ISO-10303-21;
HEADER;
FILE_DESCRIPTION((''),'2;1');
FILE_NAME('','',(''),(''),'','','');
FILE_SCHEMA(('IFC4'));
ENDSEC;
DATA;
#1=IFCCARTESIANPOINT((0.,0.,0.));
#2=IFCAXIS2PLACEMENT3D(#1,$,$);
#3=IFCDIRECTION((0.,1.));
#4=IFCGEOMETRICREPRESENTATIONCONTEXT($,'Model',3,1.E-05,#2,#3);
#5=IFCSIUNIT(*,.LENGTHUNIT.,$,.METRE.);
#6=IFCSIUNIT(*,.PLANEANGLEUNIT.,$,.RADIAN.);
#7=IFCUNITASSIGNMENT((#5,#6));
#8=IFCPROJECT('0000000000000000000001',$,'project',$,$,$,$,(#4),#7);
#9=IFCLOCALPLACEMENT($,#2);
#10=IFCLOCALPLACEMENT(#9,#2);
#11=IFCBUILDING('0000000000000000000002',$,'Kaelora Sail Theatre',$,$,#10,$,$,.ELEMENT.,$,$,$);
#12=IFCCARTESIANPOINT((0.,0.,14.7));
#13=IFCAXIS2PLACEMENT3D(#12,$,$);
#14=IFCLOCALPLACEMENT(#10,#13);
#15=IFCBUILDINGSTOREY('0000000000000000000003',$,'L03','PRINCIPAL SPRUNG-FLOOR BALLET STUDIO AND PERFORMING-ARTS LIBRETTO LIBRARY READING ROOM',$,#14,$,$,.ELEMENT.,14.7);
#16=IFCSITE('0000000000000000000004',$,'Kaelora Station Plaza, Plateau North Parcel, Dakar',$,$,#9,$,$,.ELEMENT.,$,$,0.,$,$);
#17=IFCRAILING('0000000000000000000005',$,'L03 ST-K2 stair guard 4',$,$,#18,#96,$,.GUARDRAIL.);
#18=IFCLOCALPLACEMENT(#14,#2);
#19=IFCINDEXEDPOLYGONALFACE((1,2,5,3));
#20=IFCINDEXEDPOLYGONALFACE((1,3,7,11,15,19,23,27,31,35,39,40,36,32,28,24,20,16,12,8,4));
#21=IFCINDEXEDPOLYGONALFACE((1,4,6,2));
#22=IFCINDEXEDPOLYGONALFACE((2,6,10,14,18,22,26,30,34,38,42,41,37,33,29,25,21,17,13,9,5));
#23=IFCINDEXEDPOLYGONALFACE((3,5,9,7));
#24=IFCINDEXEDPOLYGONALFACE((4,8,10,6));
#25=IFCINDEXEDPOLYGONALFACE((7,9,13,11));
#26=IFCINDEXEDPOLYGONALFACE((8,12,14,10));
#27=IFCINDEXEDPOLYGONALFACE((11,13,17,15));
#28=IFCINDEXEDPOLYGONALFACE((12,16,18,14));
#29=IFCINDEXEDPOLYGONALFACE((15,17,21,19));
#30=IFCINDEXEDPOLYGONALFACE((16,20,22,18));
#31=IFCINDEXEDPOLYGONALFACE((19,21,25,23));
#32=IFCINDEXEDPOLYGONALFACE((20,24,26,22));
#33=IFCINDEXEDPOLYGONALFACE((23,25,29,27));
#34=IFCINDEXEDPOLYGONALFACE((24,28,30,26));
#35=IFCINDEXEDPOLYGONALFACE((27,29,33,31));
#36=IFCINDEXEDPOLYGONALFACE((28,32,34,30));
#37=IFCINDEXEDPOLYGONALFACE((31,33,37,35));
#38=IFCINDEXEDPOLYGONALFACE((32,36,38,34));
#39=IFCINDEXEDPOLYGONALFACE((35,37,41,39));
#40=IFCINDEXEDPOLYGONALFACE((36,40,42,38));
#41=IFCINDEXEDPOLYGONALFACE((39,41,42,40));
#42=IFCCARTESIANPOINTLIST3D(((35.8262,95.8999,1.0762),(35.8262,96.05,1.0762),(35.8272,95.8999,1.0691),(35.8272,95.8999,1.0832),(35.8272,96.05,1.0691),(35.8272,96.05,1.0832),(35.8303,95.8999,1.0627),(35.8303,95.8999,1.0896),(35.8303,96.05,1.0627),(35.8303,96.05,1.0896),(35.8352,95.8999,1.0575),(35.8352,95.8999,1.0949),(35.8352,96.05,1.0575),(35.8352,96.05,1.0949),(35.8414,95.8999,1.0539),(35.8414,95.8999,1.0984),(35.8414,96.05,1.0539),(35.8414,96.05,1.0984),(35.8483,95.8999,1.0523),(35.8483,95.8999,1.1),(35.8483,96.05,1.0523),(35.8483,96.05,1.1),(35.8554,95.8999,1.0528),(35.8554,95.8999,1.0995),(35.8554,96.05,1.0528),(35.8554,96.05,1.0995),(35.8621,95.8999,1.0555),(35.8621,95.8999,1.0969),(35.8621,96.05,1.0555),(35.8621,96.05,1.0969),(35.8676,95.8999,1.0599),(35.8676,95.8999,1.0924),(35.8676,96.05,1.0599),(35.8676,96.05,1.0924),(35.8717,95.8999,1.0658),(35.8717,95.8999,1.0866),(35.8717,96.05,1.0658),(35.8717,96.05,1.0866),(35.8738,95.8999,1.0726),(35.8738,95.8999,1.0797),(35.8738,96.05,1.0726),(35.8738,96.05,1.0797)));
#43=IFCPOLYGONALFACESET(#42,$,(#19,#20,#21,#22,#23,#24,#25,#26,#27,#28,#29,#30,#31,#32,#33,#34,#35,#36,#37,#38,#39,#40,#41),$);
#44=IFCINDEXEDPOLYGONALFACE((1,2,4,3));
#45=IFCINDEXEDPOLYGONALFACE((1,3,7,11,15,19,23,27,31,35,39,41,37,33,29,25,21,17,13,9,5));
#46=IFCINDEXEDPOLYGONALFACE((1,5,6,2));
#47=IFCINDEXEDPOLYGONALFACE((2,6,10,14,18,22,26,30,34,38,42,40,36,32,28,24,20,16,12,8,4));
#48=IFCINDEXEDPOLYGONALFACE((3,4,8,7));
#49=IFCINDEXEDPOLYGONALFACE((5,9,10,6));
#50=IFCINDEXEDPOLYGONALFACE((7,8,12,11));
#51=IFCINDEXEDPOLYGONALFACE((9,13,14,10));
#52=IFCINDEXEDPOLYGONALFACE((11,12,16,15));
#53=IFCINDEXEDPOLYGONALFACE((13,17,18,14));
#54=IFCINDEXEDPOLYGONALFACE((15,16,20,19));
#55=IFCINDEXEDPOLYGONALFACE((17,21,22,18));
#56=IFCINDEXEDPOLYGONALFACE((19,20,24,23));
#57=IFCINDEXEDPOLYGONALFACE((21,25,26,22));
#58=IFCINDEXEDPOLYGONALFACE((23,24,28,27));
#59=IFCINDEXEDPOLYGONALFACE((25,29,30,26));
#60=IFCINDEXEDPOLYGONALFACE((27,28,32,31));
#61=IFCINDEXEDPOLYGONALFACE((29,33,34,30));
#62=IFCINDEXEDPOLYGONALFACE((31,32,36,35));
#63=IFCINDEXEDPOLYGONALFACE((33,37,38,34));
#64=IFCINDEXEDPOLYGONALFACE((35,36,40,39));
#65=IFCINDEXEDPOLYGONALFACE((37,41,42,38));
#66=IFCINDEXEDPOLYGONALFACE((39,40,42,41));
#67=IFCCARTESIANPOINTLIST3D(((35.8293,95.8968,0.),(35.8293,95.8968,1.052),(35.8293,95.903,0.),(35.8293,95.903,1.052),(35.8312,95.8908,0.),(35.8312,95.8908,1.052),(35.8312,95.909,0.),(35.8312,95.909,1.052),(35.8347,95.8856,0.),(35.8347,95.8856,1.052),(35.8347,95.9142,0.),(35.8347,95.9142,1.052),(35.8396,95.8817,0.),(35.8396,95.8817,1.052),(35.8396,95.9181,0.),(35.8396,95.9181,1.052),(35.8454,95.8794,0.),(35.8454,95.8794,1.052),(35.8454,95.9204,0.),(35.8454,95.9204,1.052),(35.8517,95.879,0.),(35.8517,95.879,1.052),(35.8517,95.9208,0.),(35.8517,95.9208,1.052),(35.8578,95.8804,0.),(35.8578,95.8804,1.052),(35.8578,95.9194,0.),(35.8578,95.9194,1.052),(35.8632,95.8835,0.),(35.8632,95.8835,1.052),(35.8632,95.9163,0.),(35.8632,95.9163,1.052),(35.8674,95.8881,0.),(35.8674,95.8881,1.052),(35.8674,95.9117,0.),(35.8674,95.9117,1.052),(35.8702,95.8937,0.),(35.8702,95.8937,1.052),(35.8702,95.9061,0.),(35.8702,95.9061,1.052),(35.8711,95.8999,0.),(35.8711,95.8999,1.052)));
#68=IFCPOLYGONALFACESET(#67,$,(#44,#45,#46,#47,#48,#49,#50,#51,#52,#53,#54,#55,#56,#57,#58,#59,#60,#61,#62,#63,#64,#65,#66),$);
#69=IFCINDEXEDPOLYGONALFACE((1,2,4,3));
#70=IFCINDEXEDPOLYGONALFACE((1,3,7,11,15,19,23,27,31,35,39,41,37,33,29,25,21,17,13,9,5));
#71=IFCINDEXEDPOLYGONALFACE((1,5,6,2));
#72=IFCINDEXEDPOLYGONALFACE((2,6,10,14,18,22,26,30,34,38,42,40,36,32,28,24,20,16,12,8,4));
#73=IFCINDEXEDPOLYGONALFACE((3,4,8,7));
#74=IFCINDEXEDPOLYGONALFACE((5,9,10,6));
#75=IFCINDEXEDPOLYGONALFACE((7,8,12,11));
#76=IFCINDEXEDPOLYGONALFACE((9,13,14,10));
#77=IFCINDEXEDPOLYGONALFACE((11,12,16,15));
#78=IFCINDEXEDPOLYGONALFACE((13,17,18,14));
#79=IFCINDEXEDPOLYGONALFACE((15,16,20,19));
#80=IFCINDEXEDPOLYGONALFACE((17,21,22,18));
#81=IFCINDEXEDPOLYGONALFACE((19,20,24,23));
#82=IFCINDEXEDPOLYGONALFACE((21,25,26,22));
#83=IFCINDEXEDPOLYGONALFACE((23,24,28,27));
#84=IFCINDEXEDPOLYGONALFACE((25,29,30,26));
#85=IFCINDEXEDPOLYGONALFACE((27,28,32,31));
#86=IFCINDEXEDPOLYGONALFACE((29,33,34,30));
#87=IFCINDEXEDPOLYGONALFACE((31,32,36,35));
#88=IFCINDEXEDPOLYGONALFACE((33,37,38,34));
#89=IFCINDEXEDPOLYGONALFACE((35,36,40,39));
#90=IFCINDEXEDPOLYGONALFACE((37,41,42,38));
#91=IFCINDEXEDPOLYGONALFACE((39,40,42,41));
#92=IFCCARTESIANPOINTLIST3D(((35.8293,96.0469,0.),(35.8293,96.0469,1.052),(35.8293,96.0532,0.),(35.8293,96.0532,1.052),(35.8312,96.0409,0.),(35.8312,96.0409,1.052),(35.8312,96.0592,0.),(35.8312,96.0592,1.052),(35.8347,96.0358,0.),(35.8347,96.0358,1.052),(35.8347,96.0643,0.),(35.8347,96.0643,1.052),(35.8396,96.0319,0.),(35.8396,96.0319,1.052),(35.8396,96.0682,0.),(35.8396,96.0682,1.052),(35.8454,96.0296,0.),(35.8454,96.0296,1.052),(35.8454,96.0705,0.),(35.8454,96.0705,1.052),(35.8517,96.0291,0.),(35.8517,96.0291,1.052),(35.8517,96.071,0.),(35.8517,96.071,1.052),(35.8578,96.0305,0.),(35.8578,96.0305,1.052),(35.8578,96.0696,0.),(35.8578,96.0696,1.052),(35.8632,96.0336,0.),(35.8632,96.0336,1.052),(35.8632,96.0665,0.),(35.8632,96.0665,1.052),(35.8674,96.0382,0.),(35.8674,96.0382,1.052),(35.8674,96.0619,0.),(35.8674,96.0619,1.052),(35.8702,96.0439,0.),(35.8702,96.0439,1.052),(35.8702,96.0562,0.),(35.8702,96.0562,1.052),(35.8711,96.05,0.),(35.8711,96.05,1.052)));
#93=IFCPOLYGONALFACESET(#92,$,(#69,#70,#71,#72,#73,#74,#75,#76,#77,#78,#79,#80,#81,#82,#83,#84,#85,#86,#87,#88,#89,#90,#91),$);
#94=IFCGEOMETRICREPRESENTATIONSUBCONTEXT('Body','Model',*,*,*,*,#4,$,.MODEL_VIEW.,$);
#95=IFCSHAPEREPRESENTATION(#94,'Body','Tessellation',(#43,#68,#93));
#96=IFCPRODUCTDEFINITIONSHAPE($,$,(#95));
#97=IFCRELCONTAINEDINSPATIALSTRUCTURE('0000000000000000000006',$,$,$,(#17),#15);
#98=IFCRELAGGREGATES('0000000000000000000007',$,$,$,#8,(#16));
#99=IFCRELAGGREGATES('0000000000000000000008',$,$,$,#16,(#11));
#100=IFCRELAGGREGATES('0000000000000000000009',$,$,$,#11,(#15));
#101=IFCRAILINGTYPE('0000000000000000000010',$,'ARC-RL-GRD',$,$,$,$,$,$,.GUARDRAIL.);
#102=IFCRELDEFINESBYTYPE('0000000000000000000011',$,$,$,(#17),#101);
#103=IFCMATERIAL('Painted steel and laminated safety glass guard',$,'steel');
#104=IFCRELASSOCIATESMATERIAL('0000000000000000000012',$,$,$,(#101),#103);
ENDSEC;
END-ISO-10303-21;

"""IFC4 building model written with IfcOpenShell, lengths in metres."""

from ifc_helpers import new_model, si_unit, direction, frame, origin, origin_2d, place, context, subcontext, project, spatial, circle, extrude, material, type_object, element, save


model = new_model("IFC4")

# Units and contexts
model_context = context("Model", 3, precision=1e-05, world=origin(), true_north=direction((0.0, 1.0)))
body_context = subcontext(model_context, "Body", "Model", "MODEL_VIEW")
ifc_project = project(units=[si_unit("LENGTHUNIT", "METRE"), si_unit("PLANEANGLEUNIT", "RADIAN")], contexts=[model_context])

# Site, building, storey
site_placement = place(None, origin())
site = spatial("IfcSite", under=ifc_project, at=site_placement, Name="Kaelora Station Plaza, Plateau North Parcel, Dakar", CompositionType="ELEMENT", RefElevation=0.0)
building_placement = place(site_placement, origin())
building = spatial("IfcBuilding", under=site, at=building_placement, Name="Kaelora Sail Theatre", CompositionType="ELEMENT")
storey_placement = place(building_placement, frame((0.0, 0.0, 14.7)))
storey = spatial("IfcBuildingStorey", under=building, at=storey_placement, Name="L03", Description="PRINCIPAL SPRUNG-FLOOR BALLET STUDIO AND PERFORMING-ARTS LIBRETTO LIBRARY READING ROOM", CompositionType="ELEMENT", Elevation=14.7)

# Railing
ifc_material_1 = material(Name="Painted steel and laminated safety glass guard", Category="steel")
railing_type_1 = type_object("IfcRailingType", Name="ARC-RL-GRD", PredefinedType="GUARDRAIL", material=ifc_material_1)
railing_1_placement = place(storey_placement, frame((35.8501, 95.8999, 0.0)))
element("IfcRailing", 1, at=railing_1_placement, inside=storey, type_object=railing_type_1, Name="L03 ST-K2 stair guard 4", PredefinedType="GUARDRAIL", context=body_context, shape_type="SweptSolid", body=[
    extrude(circle(Radius=0.0239, at=origin_2d()), frame((0.0, 0.0, 1.0762), z_axis=(0.0, 1.0, 0.0), x_axis=(-1.0, 0.0, 0.0)), (0.0, 0.0, 1.0), 0.1501),
    extrude(circle(Radius=0.021, at=origin_2d()), origin(), (0.0, 0.0, 1.0), 1.052),
    extrude(circle(Radius=0.021, at=origin_2d()), frame((0.0, 0.1501, 0.0)), (0.0, 0.0, 1.0), 1.052),
])

save(model, "model.ifc")
